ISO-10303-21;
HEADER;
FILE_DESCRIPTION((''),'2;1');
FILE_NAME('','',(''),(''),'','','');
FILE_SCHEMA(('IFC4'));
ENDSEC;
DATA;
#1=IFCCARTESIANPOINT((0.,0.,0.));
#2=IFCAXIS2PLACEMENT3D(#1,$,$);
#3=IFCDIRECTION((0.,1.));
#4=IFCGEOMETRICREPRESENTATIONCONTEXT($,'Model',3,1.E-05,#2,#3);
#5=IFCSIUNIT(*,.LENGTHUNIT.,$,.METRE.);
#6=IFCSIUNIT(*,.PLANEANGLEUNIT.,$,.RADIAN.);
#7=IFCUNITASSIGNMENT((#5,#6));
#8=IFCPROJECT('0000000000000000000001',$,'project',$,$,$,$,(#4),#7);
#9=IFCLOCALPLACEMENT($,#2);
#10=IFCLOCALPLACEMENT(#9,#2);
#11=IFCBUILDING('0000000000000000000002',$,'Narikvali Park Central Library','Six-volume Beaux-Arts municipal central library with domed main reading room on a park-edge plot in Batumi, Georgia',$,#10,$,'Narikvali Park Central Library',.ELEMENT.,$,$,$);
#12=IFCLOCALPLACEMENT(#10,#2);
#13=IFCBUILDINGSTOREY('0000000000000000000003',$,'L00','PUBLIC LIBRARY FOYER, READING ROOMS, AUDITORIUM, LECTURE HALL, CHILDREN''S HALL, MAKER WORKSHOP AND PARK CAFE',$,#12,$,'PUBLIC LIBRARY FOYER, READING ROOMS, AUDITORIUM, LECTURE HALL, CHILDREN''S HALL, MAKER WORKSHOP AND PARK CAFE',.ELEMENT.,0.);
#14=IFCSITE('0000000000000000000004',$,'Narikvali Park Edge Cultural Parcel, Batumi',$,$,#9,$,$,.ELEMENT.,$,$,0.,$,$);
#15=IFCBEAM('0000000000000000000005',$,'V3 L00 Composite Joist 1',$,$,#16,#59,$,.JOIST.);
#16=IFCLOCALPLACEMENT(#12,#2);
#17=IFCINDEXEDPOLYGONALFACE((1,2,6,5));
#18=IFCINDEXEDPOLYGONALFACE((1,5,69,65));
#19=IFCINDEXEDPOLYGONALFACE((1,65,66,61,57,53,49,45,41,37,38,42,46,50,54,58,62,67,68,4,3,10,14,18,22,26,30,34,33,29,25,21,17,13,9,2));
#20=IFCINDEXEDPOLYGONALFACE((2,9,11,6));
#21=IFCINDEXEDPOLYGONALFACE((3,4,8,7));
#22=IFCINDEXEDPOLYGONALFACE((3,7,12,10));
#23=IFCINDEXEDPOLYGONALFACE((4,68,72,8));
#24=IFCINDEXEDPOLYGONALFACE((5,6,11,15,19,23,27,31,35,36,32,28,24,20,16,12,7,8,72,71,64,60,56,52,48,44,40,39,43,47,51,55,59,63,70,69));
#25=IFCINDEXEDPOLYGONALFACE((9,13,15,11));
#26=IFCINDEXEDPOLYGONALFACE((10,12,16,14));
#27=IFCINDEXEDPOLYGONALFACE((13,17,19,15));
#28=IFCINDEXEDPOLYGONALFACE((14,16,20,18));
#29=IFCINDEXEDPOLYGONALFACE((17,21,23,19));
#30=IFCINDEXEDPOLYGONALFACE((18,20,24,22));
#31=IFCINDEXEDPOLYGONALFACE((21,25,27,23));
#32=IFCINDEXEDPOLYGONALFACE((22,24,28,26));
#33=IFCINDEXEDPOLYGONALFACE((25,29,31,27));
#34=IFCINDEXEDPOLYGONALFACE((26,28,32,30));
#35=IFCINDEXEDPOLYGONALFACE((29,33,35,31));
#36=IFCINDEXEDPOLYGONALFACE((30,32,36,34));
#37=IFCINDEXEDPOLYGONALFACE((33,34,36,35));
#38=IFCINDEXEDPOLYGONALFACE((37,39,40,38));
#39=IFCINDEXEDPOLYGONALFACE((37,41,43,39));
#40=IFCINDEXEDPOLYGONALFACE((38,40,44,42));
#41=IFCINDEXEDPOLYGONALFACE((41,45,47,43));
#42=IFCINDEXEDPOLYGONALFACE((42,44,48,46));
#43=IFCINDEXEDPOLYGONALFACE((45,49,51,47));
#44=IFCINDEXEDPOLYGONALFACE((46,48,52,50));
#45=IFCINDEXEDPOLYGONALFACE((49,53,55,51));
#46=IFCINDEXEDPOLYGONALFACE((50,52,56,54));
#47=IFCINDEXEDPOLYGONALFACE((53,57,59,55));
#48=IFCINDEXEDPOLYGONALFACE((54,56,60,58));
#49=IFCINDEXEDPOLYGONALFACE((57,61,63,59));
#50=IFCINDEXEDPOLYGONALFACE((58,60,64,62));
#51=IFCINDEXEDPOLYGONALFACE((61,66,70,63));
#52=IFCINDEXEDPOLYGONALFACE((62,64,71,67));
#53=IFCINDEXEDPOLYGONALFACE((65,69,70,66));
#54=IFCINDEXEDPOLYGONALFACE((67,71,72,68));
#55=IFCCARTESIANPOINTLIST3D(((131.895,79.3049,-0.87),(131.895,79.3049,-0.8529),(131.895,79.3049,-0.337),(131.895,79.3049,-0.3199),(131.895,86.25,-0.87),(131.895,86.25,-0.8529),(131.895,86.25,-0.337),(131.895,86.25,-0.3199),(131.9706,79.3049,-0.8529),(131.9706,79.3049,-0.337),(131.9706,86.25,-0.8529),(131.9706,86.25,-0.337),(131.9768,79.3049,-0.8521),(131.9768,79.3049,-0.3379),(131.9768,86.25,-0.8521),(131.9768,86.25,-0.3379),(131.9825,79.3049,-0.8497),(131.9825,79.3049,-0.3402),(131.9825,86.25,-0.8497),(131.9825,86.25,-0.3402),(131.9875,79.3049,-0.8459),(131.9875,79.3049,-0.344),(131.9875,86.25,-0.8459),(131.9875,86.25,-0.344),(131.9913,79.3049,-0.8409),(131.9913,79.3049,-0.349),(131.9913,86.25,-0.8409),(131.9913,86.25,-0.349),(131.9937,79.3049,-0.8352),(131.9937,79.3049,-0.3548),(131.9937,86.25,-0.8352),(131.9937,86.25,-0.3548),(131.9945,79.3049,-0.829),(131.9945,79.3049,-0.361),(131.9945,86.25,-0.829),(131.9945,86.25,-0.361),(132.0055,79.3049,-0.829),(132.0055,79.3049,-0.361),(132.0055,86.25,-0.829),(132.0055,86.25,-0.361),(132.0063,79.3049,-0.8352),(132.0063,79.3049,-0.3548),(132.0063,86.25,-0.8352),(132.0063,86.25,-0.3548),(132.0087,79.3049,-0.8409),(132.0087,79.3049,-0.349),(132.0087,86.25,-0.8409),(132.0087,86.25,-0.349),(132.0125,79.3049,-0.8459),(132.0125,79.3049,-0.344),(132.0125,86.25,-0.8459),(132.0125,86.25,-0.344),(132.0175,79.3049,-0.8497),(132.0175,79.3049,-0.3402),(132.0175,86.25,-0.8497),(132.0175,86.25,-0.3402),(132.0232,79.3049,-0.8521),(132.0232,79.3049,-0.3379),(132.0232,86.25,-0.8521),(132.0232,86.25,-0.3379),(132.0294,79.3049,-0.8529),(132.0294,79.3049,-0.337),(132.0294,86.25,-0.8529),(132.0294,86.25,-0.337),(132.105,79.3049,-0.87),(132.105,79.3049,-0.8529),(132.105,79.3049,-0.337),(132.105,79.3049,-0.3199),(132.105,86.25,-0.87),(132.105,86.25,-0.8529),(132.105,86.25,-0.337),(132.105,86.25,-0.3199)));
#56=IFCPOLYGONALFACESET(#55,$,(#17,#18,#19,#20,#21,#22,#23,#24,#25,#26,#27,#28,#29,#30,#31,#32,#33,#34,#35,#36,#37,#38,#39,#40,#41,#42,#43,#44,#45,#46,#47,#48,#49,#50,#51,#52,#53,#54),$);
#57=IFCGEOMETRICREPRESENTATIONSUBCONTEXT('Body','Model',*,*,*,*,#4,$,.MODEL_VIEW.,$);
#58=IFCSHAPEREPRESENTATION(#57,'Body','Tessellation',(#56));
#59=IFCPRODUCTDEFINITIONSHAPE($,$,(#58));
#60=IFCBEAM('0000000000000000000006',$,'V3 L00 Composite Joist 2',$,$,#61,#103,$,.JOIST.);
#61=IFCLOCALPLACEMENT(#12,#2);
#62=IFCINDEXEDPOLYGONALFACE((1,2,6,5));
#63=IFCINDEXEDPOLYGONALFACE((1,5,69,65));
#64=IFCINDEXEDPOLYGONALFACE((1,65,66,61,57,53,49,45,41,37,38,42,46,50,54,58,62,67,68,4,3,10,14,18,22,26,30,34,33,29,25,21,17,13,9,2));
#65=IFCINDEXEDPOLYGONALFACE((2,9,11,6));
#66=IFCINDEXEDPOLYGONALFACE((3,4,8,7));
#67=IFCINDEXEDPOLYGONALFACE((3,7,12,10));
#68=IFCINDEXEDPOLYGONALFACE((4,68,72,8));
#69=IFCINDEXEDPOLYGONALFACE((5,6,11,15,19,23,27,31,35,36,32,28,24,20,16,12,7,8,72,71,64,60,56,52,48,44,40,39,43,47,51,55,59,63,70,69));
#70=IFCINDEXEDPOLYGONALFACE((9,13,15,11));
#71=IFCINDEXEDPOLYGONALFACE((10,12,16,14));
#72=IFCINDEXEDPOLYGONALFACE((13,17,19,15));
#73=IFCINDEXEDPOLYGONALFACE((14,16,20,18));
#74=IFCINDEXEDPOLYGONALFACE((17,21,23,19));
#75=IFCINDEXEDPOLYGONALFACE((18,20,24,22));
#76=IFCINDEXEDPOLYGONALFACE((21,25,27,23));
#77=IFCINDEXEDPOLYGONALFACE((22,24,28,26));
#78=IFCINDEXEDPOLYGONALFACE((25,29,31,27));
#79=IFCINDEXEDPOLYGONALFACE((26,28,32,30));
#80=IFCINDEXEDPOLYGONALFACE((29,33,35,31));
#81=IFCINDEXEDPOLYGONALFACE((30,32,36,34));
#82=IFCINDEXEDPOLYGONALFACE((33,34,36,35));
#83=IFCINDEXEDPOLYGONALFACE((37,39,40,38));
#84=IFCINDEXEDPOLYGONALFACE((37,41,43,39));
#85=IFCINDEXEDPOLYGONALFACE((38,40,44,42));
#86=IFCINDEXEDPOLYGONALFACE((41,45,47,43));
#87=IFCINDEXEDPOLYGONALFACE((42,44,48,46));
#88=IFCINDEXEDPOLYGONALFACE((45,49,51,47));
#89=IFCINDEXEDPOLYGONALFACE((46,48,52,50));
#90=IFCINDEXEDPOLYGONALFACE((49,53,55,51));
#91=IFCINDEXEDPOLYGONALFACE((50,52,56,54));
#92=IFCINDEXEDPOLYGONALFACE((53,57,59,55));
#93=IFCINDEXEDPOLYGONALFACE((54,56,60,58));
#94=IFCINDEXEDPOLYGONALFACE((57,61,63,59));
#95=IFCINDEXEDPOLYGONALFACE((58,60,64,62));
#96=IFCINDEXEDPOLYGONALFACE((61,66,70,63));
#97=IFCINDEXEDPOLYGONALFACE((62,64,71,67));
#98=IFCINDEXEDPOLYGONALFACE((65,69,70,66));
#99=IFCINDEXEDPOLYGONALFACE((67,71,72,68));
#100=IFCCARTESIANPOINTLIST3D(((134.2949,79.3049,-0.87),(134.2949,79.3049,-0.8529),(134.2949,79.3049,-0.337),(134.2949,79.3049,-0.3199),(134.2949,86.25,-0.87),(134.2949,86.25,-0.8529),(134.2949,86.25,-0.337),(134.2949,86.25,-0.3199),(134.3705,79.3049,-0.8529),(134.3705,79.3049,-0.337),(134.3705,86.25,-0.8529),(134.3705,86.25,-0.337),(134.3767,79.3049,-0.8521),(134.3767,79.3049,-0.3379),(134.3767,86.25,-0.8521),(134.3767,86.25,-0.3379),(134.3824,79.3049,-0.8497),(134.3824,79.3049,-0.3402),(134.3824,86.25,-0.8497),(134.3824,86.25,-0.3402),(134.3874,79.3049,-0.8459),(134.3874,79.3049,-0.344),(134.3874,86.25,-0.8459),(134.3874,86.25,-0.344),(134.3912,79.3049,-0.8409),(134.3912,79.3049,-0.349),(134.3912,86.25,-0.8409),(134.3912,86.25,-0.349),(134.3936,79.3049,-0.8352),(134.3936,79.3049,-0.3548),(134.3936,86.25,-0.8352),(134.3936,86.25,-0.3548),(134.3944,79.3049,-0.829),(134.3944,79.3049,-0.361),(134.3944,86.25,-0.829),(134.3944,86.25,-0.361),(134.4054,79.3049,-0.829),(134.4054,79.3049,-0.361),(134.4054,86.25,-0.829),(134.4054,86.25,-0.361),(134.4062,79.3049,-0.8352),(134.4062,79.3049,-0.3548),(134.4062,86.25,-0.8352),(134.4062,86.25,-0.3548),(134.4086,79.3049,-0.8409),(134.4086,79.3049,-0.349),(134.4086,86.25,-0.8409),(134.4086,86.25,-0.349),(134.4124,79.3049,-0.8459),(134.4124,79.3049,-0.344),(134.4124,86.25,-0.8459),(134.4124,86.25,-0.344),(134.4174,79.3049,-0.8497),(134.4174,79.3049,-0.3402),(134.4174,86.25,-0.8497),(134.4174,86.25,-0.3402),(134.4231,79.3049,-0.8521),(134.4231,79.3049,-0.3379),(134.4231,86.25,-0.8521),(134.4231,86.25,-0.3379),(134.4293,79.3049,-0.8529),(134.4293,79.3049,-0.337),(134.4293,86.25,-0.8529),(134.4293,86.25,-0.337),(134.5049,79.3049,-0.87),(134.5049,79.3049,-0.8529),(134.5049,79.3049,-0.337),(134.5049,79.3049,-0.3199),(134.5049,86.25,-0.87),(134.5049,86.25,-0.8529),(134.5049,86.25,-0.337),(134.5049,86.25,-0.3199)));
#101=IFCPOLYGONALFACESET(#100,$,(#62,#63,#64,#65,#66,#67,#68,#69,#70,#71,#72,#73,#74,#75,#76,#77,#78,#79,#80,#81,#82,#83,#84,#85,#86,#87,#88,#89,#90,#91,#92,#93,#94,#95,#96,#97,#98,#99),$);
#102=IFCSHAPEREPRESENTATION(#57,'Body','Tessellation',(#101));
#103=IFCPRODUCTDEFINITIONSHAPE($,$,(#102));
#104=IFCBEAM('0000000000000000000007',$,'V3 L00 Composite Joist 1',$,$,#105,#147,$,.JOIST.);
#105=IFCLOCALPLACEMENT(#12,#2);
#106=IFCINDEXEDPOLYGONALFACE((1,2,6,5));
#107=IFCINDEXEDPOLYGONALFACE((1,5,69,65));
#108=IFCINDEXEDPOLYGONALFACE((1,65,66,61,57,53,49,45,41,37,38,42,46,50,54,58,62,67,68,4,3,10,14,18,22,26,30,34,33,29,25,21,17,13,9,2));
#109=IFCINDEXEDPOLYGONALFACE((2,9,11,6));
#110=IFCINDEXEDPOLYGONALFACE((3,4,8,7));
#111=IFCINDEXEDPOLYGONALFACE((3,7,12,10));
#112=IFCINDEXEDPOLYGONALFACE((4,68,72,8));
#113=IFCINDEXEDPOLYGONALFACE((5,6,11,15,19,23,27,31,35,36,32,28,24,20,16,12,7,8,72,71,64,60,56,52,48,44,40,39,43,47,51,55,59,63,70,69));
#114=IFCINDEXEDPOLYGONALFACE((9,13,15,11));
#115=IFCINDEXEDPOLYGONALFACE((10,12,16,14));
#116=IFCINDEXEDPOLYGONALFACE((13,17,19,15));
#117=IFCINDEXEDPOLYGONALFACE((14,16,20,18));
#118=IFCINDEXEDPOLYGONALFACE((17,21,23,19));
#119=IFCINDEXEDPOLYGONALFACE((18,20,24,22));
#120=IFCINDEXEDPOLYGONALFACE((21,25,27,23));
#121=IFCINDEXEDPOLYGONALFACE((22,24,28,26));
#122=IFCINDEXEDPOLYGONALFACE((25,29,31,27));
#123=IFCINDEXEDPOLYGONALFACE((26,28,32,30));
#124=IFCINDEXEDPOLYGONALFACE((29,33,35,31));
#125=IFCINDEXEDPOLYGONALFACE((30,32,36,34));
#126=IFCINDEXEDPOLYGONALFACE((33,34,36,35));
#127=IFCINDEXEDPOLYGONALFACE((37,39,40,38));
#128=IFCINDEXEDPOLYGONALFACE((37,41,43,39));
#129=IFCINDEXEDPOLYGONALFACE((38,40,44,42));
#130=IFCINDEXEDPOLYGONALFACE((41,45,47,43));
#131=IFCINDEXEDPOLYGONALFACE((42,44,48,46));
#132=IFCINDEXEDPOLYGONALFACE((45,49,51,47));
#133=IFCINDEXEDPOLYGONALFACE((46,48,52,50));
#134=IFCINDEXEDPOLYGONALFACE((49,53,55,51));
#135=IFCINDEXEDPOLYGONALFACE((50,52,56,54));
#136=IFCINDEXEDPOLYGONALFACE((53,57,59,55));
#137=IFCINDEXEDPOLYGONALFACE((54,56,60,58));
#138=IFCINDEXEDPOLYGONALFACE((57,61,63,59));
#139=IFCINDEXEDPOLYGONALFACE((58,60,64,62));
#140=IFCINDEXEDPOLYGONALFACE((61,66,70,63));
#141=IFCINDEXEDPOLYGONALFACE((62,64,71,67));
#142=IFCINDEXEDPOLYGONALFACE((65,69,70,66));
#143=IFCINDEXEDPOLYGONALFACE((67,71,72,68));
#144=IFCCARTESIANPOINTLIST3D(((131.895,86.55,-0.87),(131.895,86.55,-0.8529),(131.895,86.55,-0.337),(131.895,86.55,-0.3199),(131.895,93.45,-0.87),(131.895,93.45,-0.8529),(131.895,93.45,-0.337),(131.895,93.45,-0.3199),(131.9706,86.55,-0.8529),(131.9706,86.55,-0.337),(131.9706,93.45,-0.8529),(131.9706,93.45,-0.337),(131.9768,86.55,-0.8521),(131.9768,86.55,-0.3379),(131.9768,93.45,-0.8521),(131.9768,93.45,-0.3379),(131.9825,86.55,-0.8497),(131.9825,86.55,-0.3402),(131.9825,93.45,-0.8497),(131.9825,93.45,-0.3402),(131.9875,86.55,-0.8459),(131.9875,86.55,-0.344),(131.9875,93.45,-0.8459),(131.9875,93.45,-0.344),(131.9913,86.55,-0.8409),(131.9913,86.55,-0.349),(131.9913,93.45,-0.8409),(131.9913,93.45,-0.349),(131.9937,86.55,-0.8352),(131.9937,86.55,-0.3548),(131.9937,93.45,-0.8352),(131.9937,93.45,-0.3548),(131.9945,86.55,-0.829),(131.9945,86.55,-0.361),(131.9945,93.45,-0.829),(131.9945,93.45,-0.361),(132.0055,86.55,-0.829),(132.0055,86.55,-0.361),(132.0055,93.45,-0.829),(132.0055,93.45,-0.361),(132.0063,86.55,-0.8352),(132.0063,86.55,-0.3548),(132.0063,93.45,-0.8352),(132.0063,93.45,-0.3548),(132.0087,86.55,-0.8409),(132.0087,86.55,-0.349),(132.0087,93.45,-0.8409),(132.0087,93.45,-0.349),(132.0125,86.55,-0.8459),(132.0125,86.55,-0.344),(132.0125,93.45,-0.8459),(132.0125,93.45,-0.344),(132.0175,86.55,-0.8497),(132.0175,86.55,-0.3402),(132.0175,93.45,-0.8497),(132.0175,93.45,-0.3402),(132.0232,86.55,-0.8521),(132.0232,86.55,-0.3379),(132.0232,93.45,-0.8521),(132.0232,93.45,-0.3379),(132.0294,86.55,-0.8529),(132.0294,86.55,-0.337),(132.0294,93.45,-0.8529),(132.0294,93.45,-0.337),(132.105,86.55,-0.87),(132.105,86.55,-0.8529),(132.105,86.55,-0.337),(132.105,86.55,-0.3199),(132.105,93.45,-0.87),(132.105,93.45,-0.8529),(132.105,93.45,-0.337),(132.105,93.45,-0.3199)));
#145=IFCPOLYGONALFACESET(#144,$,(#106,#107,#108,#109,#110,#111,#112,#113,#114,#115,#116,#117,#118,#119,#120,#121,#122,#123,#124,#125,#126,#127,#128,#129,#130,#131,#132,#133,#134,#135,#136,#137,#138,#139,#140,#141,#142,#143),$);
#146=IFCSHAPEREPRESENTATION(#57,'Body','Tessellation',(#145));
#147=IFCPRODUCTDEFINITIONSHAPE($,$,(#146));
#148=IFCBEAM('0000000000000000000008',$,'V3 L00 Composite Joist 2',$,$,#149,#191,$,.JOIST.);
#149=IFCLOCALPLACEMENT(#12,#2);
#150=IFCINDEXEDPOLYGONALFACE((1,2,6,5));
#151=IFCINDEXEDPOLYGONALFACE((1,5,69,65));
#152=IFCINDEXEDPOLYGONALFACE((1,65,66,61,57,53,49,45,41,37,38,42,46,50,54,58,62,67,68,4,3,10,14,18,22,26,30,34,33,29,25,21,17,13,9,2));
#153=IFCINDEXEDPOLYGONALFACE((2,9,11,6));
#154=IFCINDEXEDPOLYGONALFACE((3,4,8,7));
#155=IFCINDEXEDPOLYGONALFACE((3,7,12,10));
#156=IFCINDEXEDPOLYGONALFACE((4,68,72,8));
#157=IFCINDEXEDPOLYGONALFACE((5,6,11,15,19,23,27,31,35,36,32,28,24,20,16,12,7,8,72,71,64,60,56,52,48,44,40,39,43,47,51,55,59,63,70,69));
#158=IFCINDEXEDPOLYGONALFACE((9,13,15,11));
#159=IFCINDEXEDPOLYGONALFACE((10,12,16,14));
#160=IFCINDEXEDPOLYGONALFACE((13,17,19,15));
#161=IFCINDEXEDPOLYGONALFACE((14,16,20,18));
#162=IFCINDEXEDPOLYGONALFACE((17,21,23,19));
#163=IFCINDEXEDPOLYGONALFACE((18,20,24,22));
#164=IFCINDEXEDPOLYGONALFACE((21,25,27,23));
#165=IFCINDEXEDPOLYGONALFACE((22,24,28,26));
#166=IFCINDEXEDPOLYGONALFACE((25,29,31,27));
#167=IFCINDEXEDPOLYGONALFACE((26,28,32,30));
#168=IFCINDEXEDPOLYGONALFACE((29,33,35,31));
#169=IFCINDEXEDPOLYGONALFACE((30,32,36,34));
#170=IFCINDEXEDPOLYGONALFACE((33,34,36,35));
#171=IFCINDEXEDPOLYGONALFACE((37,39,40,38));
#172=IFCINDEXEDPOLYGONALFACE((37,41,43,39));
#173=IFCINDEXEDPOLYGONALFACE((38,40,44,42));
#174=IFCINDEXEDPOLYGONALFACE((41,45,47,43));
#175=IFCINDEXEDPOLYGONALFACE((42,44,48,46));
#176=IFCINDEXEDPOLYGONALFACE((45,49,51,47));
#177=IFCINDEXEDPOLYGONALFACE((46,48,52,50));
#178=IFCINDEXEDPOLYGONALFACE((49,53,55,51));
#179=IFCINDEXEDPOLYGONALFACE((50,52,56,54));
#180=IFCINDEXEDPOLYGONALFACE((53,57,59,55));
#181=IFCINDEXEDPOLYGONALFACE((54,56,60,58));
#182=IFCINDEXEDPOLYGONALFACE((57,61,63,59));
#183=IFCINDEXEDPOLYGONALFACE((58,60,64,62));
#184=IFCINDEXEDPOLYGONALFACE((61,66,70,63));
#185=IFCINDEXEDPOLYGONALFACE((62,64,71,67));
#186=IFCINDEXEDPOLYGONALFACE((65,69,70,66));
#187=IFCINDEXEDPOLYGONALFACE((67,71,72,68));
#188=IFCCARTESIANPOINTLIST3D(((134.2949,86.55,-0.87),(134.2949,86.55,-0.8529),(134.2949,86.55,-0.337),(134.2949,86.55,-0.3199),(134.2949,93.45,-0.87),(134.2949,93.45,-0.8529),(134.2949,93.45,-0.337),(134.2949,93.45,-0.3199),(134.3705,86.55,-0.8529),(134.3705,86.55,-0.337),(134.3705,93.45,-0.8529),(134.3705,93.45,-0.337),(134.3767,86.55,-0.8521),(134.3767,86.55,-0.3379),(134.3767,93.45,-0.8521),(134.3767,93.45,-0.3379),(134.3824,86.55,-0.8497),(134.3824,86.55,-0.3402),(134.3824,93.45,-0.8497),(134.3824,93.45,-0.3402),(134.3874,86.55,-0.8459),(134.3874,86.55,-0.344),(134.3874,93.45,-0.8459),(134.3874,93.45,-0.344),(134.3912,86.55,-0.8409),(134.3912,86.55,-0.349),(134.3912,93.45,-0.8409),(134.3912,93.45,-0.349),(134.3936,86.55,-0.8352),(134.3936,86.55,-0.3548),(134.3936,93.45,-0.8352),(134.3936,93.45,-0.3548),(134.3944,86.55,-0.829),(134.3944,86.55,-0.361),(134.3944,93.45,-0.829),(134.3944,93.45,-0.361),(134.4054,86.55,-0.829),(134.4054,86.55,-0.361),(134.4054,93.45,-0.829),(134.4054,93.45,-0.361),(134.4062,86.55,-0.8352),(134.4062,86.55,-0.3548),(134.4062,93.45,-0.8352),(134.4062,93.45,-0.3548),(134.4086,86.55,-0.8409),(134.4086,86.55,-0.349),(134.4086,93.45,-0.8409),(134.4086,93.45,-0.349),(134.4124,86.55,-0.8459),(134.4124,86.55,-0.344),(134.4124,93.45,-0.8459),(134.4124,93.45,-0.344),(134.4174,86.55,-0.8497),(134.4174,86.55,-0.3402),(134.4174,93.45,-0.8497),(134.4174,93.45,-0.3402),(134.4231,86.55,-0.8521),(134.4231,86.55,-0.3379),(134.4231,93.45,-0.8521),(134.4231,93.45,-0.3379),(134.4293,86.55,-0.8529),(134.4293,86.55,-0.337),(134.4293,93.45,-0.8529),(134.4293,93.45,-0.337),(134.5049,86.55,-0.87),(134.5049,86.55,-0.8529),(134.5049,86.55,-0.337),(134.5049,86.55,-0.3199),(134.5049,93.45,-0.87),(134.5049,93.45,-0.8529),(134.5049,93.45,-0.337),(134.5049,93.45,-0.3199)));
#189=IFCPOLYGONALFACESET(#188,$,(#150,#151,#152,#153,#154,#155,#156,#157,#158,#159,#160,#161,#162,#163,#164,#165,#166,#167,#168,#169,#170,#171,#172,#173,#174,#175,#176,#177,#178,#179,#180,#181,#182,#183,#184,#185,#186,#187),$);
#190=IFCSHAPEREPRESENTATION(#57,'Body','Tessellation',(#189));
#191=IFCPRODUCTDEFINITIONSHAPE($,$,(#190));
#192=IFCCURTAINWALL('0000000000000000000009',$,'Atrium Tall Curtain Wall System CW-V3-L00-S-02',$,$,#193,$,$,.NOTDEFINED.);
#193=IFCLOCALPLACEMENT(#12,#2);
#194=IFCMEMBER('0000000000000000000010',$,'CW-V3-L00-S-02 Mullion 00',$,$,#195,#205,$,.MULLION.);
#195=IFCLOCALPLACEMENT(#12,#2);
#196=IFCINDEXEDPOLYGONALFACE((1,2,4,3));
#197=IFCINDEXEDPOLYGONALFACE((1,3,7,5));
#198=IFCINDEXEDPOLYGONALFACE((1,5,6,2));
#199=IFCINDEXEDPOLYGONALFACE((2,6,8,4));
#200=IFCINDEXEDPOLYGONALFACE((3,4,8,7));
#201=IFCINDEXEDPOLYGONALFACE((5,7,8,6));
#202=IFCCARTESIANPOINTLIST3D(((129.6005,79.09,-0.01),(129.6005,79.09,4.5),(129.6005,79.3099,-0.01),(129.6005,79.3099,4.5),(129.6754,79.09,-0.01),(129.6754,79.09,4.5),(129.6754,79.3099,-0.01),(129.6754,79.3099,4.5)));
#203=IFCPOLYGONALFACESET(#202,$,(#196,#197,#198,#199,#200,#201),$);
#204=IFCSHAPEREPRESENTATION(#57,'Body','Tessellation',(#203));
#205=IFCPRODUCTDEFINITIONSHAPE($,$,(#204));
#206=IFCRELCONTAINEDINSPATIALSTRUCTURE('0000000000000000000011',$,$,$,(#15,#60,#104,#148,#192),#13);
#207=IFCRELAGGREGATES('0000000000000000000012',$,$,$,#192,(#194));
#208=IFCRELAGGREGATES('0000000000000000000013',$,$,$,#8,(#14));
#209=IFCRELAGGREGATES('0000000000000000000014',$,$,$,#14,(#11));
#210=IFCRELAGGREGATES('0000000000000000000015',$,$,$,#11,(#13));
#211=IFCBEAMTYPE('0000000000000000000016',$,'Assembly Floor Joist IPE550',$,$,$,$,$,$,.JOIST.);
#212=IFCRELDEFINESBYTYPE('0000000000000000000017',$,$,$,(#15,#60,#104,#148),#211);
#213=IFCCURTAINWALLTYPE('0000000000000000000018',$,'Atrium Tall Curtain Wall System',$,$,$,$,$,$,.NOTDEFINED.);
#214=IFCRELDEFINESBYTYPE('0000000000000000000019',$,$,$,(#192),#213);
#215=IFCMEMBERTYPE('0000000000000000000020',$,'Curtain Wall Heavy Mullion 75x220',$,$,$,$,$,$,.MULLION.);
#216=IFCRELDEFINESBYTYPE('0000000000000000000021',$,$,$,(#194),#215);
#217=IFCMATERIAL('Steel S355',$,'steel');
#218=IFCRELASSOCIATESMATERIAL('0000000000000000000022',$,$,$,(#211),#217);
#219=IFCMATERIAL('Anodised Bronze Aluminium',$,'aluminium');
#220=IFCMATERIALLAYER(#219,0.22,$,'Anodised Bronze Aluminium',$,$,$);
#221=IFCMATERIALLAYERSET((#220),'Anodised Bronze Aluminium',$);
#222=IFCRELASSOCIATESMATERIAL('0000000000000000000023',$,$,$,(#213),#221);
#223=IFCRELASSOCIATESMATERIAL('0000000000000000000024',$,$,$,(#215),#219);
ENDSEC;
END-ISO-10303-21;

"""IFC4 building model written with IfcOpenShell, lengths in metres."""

from ifc_helpers import new_model, si_unit, direction, frame, origin, origin_2d, place, context, subcontext, project, spatial, rectangle, i_section, extrude, material, layer, layer_set, material_profile, profile_set, type_object, element, aggregate, save


model = new_model("IFC4")

# Units and contexts
model_context = context("Model", 3, precision=1e-05, world=origin(), true_north=direction((0.0, 1.0)))
body_context = subcontext(model_context, "Body", "Model", "MODEL_VIEW")
ifc_project = project(units=[si_unit("LENGTHUNIT", "METRE"), si_unit("PLANEANGLEUNIT", "RADIAN")], contexts=[model_context])

# Site, building, storey
site_placement = place(None, origin())
site = spatial("IfcSite", under=ifc_project, at=site_placement, Name="Narikvali Park Edge Cultural Parcel, Batumi", CompositionType="ELEMENT", RefElevation=0.0)
building_placement = place(site_placement, origin())
building = spatial("IfcBuilding", under=site, at=building_placement, Name="Narikvali Park Central Library", Description="Six-volume Beaux-Arts municipal central library with domed main reading room on a park-edge plot in Batumi, Georgia", LongName="Narikvali Park Central Library", CompositionType="ELEMENT")
storey_placement = place(building_placement, origin())
storey = spatial("IfcBuildingStorey", under=building, at=storey_placement, Name="L00", Description="PUBLIC LIBRARY FOYER, READING ROOMS, AUDITORIUM, LECTURE HALL, CHILDREN'S HALL, MAKER WORKSHOP AND PARK CAFE", LongName="PUBLIC LIBRARY FOYER, READING ROOMS, AUDITORIUM, LECTURE HALL, CHILDREN'S HALL, MAKER WORKSHOP AND PARK CAFE", CompositionType="ELEMENT", Elevation=0.0)

# Beams
ifc_material_1 = material(Name="Steel S355", Category="steel")
ifc_material_profile_1 = material_profile(ifc_material_1, i_section(OverallWidth=0.21, OverallDepth=0.55, WebThickness=0.011, FlangeThickness=0.0171, FilletRadius=0.0239, at=origin_2d()), Name="IPE 550")
ifc_profile_set_1 = profile_set([ifc_material_profile_1], Name="Steel S355")
beam_type_1 = type_object("IfcBeamType", Name="Assembly Floor Joist IPE550", PredefinedType="JOIST", material=ifc_profile_set_1)
for number, where, z_axis, x_axis, name in (
    (1, (132.0, 79.3049, -0.595), (0.0, 1.0, 0.0), (-1.0, 0.0, 0.0), "V3 L00 Composite Joist 1"),
    (2, (134.3999, 79.3049, -0.595), (0.0, 1.0, 0.0), (-1.0, 0.0, 0.0), "V3 L00 Composite Joist 2"),
):
    element("IfcBeam", number, at=place(storey_placement, frame(where, z_axis=z_axis, x_axis=x_axis)), inside=storey, type_object=beam_type_1, Name=name, PredefinedType="JOIST", context=body_context, shape_type="SweptSolid", body=[
        extrude(i_section(OverallWidth=0.21, OverallDepth=0.55, WebThickness=0.011, FlangeThickness=0.0171, FilletRadius=0.0239, at=origin_2d()), origin(), (0.0, 0.0, 1.0), 6.9451),
    ])
for number, where, z_axis, x_axis, name in (
    (3, (132.0, 86.55, -0.595), (0.0, 1.0, 0.0), (-1.0, 0.0, 0.0), "V3 L00 Composite Joist 1"),
    (4, (134.3999, 86.55, -0.595), (0.0, 1.0, 0.0), (-1.0, 0.0, 0.0), "V3 L00 Composite Joist 2"),
):
    element("IfcBeam", number, at=place(storey_placement, frame(where, z_axis=z_axis, x_axis=x_axis)), inside=storey, type_object=beam_type_1, Name=name, PredefinedType="JOIST", context=body_context, shape_type="SweptSolid", body=[
        extrude(i_section(OverallWidth=0.21, OverallDepth=0.55, WebThickness=0.011, FlangeThickness=0.0171, FilletRadius=0.0239, at=origin_2d()), origin(), (0.0, 0.0, 1.0), 6.8999),
    ])

# Curtain wall, member
ifc_material_2 = material(Name="Anodised Bronze Aluminium", Category="aluminium")
ifc_layer_1 = layer(ifc_material_2, 0.22, Name="Anodised Bronze Aluminium")
ifc_layer_set_1 = layer_set([ifc_layer_1], Name="Anodised Bronze Aluminium")
curtain_wall_type = type_object("IfcCurtainWallType", Name="Atrium Tall Curtain Wall System", PredefinedType="NOTDEFINED", material=ifc_layer_set_1)
curtain_wall_1_placement = place(storey_placement, origin())
curtain_wall_1 = element("IfcCurtainWall", 5, at=curtain_wall_1_placement, inside=storey, type_object=curtain_wall_type, Name="Atrium Tall Curtain Wall System CW-V3-L00-S-02", PredefinedType="NOTDEFINED")
ifc_material_profile_2 = material_profile(ifc_material_2, rectangle(XDim=0.075, YDim=0.22, at=origin_2d()), Name="CW MULLION 75x220")
ifc_profile_set_2 = profile_set([ifc_material_profile_2], Name="Anodised Bronze Aluminium")
member_type_1 = type_object("IfcMemberType", Name="Curtain Wall Heavy Mullion 75x220", PredefinedType="MULLION", material=ifc_profile_set_2)
member_1_placement = place(storey_placement, frame((129.6379, 79.2, -0.01), z_axis=(0.0, 0.0, 1.0), x_axis=(1.0, 0.0, 0.0)))
member_1 = element("IfcMember", 6, at=member_1_placement, type_object=member_type_1, Name="CW-V3-L00-S-02 Mullion 00", PredefinedType="MULLION", context=body_context, shape_type="SweptSolid", body=[
    extrude(rectangle(XDim=0.075, YDim=0.22, at=origin_2d()), origin(), (0.0, 0.0, 1.0), 4.51),
])

aggregate(curtain_wall_1, [member_1])

save(model, "model.ifc")
